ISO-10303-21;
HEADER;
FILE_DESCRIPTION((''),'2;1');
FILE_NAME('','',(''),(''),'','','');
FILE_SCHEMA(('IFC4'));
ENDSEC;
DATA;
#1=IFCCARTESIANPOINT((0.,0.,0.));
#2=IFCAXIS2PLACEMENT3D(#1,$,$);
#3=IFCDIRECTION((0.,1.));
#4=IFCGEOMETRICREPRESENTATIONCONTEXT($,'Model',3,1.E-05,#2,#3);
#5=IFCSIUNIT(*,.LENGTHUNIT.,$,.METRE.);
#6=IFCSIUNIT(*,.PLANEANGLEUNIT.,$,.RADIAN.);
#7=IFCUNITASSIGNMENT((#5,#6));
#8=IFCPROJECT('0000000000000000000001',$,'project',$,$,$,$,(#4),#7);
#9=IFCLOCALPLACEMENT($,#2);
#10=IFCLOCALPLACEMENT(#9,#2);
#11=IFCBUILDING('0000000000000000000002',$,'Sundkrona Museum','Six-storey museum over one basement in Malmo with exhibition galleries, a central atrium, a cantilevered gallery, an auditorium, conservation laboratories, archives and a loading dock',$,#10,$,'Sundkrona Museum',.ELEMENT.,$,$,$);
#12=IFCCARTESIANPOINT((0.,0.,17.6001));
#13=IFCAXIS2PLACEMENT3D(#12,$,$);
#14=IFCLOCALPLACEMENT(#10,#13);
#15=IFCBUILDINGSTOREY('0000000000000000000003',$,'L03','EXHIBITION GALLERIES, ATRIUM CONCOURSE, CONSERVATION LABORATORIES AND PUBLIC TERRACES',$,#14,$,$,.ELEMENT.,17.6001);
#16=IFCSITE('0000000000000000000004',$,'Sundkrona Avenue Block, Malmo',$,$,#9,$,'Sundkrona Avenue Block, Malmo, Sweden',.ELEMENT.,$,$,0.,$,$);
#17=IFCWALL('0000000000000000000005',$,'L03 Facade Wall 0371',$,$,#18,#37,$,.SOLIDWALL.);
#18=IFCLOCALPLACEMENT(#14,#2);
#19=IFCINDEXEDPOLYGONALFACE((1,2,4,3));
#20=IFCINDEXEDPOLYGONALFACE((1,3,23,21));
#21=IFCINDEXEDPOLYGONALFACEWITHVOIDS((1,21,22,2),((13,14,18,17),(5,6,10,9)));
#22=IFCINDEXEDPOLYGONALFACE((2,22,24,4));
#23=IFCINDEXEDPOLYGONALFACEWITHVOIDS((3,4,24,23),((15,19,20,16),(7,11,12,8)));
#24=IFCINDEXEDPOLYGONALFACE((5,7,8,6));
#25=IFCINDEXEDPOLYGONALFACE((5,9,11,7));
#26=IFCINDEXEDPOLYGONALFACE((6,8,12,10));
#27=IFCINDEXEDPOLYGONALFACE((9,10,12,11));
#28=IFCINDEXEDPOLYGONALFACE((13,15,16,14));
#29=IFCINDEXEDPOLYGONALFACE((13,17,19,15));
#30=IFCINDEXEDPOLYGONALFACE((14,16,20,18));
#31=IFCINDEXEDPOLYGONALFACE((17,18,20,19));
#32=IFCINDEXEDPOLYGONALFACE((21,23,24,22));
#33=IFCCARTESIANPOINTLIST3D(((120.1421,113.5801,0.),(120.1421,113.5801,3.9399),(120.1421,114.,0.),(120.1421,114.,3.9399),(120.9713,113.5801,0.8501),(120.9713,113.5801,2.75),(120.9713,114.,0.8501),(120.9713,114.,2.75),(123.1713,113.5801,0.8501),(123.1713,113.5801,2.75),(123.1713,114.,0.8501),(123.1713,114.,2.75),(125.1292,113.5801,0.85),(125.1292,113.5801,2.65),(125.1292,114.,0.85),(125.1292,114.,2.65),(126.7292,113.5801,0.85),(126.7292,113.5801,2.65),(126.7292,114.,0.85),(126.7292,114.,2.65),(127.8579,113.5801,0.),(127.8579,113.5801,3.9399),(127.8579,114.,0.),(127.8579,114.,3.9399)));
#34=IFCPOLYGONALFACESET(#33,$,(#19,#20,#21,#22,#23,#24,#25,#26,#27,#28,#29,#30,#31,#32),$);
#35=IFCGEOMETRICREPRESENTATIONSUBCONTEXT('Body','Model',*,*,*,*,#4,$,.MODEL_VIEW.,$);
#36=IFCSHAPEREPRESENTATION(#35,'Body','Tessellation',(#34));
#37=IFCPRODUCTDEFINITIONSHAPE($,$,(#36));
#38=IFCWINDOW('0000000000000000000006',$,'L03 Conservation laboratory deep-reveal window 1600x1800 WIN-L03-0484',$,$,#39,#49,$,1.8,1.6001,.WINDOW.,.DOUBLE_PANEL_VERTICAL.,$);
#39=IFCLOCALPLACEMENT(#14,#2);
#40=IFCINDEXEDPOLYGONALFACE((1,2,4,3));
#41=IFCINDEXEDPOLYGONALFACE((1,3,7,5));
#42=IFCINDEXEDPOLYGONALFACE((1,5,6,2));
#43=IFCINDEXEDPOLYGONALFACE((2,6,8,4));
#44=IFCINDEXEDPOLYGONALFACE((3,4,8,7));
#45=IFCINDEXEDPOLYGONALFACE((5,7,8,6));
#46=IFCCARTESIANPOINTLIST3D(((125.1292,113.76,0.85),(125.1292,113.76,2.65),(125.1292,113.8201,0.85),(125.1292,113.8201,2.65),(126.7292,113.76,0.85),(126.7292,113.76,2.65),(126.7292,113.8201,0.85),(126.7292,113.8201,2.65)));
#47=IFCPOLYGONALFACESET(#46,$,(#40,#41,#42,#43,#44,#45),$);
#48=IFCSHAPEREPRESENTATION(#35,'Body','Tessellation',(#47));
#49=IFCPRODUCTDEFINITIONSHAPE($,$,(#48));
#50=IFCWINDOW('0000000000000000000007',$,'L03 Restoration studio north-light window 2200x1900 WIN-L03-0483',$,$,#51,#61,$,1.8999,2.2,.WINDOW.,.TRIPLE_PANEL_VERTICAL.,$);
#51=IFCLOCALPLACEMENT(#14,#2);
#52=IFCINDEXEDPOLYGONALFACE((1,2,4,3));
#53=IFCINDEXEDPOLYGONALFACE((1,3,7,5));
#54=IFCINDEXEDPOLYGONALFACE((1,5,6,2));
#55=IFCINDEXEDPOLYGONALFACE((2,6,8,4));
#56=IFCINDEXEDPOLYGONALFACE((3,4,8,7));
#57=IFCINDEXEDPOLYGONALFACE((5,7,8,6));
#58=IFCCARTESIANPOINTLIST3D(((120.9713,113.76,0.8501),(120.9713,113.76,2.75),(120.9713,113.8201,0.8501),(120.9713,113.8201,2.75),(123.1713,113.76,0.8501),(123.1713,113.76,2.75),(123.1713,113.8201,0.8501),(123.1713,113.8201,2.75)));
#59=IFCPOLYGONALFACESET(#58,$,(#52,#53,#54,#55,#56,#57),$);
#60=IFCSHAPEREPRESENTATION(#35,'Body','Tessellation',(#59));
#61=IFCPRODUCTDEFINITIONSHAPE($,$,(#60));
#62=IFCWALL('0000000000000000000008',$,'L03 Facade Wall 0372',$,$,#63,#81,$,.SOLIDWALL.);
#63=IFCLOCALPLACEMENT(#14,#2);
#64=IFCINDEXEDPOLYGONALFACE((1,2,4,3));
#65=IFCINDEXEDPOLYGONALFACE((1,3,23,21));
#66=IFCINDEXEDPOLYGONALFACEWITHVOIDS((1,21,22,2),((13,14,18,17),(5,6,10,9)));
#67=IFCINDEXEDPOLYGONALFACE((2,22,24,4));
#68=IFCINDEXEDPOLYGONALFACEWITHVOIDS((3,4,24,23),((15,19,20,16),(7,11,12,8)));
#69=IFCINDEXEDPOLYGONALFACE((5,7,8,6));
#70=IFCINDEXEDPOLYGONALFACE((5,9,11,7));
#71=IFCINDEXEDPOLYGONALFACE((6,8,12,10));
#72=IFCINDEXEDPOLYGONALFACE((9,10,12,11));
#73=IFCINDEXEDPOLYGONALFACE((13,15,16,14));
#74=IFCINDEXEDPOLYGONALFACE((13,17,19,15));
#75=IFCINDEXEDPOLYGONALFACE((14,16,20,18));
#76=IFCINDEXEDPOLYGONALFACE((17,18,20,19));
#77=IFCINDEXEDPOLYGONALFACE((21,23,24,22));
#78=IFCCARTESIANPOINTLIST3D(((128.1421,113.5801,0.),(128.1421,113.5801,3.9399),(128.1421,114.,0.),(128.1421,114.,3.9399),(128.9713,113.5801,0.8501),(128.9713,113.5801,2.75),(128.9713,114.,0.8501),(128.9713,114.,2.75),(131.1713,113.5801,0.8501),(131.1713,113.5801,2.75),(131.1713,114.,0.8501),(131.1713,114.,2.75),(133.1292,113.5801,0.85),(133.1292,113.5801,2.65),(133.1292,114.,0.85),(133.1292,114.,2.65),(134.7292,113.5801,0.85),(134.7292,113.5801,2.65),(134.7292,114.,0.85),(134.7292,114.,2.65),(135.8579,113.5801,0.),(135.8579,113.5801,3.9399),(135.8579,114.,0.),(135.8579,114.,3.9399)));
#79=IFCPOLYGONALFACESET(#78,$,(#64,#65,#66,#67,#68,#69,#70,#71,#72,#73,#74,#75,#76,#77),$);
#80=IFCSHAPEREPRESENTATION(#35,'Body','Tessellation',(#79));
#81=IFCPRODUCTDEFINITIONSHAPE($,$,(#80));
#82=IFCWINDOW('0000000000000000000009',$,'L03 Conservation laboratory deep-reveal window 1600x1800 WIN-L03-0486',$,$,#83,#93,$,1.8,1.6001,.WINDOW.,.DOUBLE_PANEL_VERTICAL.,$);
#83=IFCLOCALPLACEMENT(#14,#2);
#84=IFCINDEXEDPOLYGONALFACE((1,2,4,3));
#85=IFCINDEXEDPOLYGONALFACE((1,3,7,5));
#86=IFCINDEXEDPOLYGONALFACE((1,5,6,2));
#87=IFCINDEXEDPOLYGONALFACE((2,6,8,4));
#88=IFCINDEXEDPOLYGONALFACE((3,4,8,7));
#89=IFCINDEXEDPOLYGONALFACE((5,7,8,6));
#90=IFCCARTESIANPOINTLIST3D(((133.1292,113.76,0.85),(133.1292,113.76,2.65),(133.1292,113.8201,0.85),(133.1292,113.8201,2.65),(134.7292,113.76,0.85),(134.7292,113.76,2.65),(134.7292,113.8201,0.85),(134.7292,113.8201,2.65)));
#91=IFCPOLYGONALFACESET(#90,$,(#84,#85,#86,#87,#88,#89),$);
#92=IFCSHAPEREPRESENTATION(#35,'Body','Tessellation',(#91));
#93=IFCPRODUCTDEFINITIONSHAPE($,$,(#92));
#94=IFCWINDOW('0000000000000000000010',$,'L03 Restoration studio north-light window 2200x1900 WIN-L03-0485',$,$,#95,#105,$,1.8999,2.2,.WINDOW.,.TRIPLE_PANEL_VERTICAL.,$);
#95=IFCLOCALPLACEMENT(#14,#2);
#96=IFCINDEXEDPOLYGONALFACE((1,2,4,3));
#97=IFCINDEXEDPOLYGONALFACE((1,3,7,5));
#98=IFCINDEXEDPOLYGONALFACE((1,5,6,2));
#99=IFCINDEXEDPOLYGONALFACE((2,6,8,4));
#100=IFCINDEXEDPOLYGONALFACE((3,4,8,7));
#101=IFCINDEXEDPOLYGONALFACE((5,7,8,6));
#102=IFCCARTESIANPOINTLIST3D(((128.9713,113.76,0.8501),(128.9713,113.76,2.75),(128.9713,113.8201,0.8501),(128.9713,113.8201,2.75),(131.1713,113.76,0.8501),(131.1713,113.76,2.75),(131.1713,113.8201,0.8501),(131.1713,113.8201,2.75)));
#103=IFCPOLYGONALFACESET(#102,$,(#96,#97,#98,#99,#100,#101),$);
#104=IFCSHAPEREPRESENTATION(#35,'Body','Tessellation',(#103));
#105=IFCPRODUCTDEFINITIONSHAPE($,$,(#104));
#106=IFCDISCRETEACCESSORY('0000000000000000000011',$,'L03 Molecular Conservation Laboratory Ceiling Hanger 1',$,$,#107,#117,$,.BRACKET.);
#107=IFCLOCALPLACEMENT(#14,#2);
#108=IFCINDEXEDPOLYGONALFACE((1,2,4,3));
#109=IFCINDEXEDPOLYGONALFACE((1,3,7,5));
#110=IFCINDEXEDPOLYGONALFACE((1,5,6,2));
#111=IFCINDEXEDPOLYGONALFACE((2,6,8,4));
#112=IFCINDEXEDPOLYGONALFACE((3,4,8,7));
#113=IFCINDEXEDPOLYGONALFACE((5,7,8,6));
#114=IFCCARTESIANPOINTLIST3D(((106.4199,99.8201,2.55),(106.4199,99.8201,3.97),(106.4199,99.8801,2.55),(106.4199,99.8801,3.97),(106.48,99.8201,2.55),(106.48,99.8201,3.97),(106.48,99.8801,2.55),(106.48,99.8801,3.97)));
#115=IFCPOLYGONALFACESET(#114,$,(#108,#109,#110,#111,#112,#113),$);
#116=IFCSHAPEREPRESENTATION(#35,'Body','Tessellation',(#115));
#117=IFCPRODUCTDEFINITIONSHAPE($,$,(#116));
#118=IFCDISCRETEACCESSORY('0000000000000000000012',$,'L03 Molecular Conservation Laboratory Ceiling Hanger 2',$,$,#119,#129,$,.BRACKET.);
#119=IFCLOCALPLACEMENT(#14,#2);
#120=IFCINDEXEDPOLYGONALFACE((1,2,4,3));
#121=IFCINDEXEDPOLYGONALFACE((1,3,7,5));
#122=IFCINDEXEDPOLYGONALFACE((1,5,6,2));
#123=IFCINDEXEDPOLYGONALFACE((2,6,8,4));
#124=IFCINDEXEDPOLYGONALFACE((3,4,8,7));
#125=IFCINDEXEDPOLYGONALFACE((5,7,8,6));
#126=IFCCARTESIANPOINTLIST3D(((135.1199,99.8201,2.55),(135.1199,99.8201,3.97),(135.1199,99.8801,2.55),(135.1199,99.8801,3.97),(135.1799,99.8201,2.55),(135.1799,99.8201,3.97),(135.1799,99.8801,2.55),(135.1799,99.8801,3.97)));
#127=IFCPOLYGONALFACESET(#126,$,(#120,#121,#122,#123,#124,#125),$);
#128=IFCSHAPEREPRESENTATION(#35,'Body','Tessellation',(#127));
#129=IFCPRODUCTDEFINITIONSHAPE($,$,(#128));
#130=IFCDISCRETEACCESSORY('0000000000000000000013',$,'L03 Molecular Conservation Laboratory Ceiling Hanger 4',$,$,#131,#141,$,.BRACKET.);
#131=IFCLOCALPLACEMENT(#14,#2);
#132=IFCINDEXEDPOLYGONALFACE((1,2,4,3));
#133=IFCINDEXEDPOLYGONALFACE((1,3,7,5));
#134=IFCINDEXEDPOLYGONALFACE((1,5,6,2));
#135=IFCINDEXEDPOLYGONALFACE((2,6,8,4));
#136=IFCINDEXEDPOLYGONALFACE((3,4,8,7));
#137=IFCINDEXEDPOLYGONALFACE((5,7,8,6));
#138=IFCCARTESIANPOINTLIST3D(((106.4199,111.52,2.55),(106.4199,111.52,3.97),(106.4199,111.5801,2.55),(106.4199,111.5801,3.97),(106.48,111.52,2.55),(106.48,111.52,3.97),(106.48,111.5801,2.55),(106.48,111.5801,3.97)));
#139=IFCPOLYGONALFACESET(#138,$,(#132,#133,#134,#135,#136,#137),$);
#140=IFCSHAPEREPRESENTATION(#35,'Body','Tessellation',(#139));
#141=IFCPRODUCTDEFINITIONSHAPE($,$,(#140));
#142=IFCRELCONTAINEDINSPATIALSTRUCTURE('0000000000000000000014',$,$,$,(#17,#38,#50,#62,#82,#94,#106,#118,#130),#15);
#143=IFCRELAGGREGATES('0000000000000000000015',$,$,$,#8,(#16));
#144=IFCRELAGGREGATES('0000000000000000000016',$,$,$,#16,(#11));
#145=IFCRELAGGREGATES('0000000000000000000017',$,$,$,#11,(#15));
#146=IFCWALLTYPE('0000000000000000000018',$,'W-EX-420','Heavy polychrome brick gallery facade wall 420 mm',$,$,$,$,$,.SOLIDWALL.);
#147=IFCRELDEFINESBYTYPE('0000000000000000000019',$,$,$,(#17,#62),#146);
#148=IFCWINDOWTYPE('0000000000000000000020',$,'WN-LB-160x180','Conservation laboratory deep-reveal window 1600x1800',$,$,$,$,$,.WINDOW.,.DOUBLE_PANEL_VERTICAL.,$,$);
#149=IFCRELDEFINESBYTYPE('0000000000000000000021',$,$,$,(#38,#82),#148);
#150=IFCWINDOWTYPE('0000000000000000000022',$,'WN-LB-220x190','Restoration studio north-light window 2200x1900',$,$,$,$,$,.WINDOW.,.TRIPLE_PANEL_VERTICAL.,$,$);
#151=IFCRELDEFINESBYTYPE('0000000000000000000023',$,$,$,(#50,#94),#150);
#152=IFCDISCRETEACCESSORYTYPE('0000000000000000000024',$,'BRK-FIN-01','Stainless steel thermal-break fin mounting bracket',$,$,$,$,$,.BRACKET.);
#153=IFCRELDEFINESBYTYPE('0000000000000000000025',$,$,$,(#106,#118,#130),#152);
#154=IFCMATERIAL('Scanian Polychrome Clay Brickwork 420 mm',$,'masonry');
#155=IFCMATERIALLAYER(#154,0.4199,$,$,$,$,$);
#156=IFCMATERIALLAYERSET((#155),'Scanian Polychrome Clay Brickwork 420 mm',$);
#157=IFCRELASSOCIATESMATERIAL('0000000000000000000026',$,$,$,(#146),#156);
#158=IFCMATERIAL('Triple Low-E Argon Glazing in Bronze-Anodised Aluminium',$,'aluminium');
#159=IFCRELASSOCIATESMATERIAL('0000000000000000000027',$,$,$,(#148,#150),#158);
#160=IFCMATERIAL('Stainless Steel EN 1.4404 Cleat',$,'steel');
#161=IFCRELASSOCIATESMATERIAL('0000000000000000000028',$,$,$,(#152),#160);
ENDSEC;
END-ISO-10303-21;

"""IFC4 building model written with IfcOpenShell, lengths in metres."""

from ifc_helpers import new_model, si_unit, direction, frame, frame_2d, origin, origin_2d, place, context, subcontext, project, spatial, rectangle, extrude, material, layer, layer_set, type_object, element, fill, save


model = new_model("IFC4")

# Units and contexts
model_context = context("Model", 3, precision=1e-05, world=origin(), true_north=direction((0.0, 1.0)))
body_context = subcontext(model_context, "Body", "Model", "MODEL_VIEW")
ifc_project = project(units=[si_unit("LENGTHUNIT", "METRE"), si_unit("PLANEANGLEUNIT", "RADIAN")], contexts=[model_context])

# Site, building, storey
site_placement = place(None, origin())
site = spatial("IfcSite", under=ifc_project, at=site_placement, Name="Sundkrona Avenue Block, Malmo", LongName="Sundkrona Avenue Block, Malmo, Sweden", CompositionType="ELEMENT", RefElevation=0.0)
building_placement = place(site_placement, origin())
building = spatial("IfcBuilding", under=site, at=building_placement, Name="Sundkrona Museum", Description="Six-storey museum over one basement in Malmo with exhibition galleries, a central atrium, a cantilevered gallery, an auditorium, conservation laboratories, archives and a loading dock", LongName="Sundkrona Museum", CompositionType="ELEMENT")
storey_placement = place(building_placement, frame((0.0, 0.0, 17.6001)))
storey = spatial("IfcBuildingStorey", under=building, at=storey_placement, Name="L03", Description="EXHIBITION GALLERIES, ATRIUM CONCOURSE, CONSERVATION LABORATORIES AND PUBLIC TERRACES", CompositionType="ELEMENT", Elevation=17.6001)

# Shared definitions
ifc_material_1 = material(Name="Scanian Polychrome Clay Brickwork 420 mm", Category="masonry")
ifc_layer = layer(ifc_material_1, 0.4199)
ifc_layer_set = layer_set([ifc_layer], Name="Scanian Polychrome Clay Brickwork 420 mm")
wall_type = type_object("IfcWallType", Name="W-EX-420", Description="Heavy polychrome brick gallery facade wall 420 mm", PredefinedType="SOLIDWALL", material=ifc_layer_set)
ifc_material_2 = material(Name="Triple Low-E Argon Glazing in Bronze-Anodised Aluminium", Category="aluminium")
window_type_1 = type_object("IfcWindowType", Name="WN-LB-160x180", Description="Conservation laboratory deep-reveal window 1600x1800", PartitioningType="DOUBLE_PANEL_VERTICAL", PredefinedType="WINDOW", material=ifc_material_2)

# Walls, openings, windows
window_type_2 = type_object("IfcWindowType", Name="WN-LB-220x190", Description="Restoration studio north-light window 2200x1900", PartitioningType="TRIPLE_PANEL_VERTICAL", PredefinedType="WINDOW", material=ifc_material_2)
wall_1_placement = place(storey_placement, frame((120.1421, 113.79, 0.0), z_axis=(0.0, 0.0, 1.0), x_axis=(1.0, 0.0, 0.0)))
wall_1 = element("IfcWall", 1, at=wall_1_placement, inside=storey, type_object=wall_type, Name="L03 Facade Wall 0371", PredefinedType="SOLIDWALL", context=body_context, shape_type="SweptSolid", body=[
    extrude(rectangle(XDim=7.7158, YDim=0.4199, at=frame_2d((3.8579, 0.0))), origin(), (0.0, 0.0, 1.0), 3.9399),
])
opening_1_placement = place(wall_1_placement, frame((0.8291, 0.0, 0.8501)))
opening_1 = element("IfcOpeningElement", 2, at=opening_1_placement, cuts=wall_1, PredefinedType="OPENING", context=body_context, shape_type="SweptSolid", body=[
    extrude(rectangle(XDim=2.2, YDim=1.8999, at=frame_2d((1.1001, 0.95))), frame((0.0, 0.22, 0.0), z_axis=(0.0, -1.0, 0.0), x_axis=(1.0, 0.0, 0.0)), (0.0, 0.0, 1.0), 0.4399),
])
opening_2_placement = place(wall_1_placement, frame((4.9871, 0.0, 0.8501)))
opening_2 = element("IfcOpeningElement", 3, at=opening_2_placement, cuts=wall_1, PredefinedType="OPENING", context=body_context, shape_type="SweptSolid", body=[
    extrude(rectangle(XDim=1.6001, YDim=1.8, at=frame_2d((0.8, 0.8999))), frame((0.0, 0.22, 0.0), z_axis=(0.0, -1.0, 0.0), x_axis=(1.0, 0.0, 0.0)), (0.0, 0.0, 1.0), 0.4399),
])
window_1_placement = place(opening_2_placement, origin())
window_1 = element("IfcWindow", 4, at=window_1_placement, inside=storey, type_object=window_type_1, Name="L03 Conservation laboratory deep-reveal window 1600x1800 WIN-L03-0484", OverallHeight=1.8, OverallWidth=1.6001, PartitioningType="DOUBLE_PANEL_VERTICAL", PredefinedType="WINDOW", context=body_context, shape_type="SweptSolid", body=[
    extrude(rectangle(XDim=1.6001, YDim=1.8, at=frame_2d((0.8, 0.8999))), frame((0.0, 0.03, 0.0), z_axis=(0.0, -1.0, 0.0), x_axis=(1.0, 0.0, 0.0)), (0.0, 0.0, 1.0), 0.0601),
])
fill(opening_2, window_1)
window_2_placement = place(opening_1_placement, origin())
window_2 = element("IfcWindow", 5, at=window_2_placement, inside=storey, type_object=window_type_2, Name="L03 Restoration studio north-light window 2200x1900 WIN-L03-0483", OverallHeight=1.8999, OverallWidth=2.2, PartitioningType="TRIPLE_PANEL_VERTICAL", PredefinedType="WINDOW", context=body_context, shape_type="SweptSolid", body=[
    extrude(rectangle(XDim=2.2, YDim=1.8999, at=frame_2d((1.1001, 0.95))), frame((0.0, 0.03, 0.0), z_axis=(0.0, -1.0, 0.0), x_axis=(1.0, 0.0, 0.0)), (0.0, 0.0, 1.0), 0.0601),
])
fill(opening_1, window_2)
wall_2_placement = place(storey_placement, frame((128.1421, 113.79, 0.0), z_axis=(0.0, 0.0, 1.0), x_axis=(1.0, 0.0, 0.0)))
wall_2 = element("IfcWall", 6, at=wall_2_placement, inside=storey, type_object=wall_type, Name="L03 Facade Wall 0372", PredefinedType="SOLIDWALL", context=body_context, shape_type="SweptSolid", body=[
    extrude(rectangle(XDim=7.7158, YDim=0.4199, at=frame_2d((3.8579, 0.0))), origin(), (0.0, 0.0, 1.0), 3.9399),
])
opening_3_placement = place(wall_2_placement, frame((0.8291, 0.0, 0.8501)))
opening_3 = element("IfcOpeningElement", 7, at=opening_3_placement, cuts=wall_2, PredefinedType="OPENING", context=body_context, shape_type="SweptSolid", body=[
    extrude(rectangle(XDim=2.2, YDim=1.8999, at=frame_2d((1.1001, 0.95))), frame((0.0, 0.22, 0.0), z_axis=(0.0, -1.0, 0.0), x_axis=(1.0, 0.0, 0.0)), (0.0, 0.0, 1.0), 0.4399),
])
opening_4_placement = place(wall_2_placement, frame((4.9871, 0.0, 0.8501)))
opening_4 = element("IfcOpeningElement", 8, at=opening_4_placement, cuts=wall_2, PredefinedType="OPENING", context=body_context, shape_type="SweptSolid", body=[
    extrude(rectangle(XDim=1.6001, YDim=1.8, at=frame_2d((0.8, 0.8999))), frame((0.0, 0.22, 0.0), z_axis=(0.0, -1.0, 0.0), x_axis=(1.0, 0.0, 0.0)), (0.0, 0.0, 1.0), 0.4399),
])
window_3_placement = place(opening_4_placement, origin())
window_3 = element("IfcWindow", 9, at=window_3_placement, inside=storey, type_object=window_type_1, Name="L03 Conservation laboratory deep-reveal window 1600x1800 WIN-L03-0486", OverallHeight=1.8, OverallWidth=1.6001, PartitioningType="DOUBLE_PANEL_VERTICAL", PredefinedType="WINDOW", context=body_context, shape_type="SweptSolid", body=[
    extrude(rectangle(XDim=1.6001, YDim=1.8, at=frame_2d((0.8, 0.8999))), frame((0.0, 0.03, 0.0), z_axis=(0.0, -1.0, 0.0), x_axis=(1.0, 0.0, 0.0)), (0.0, 0.0, 1.0), 0.0601),
])
fill(opening_4, window_3)
window_4_placement = place(opening_3_placement, origin())
window_4 = element("IfcWindow", 10, at=window_4_placement, inside=storey, type_object=window_type_2, Name="L03 Restoration studio north-light window 2200x1900 WIN-L03-0485", OverallHeight=1.8999, OverallWidth=2.2, PartitioningType="TRIPLE_PANEL_VERTICAL", PredefinedType="WINDOW", context=body_context, shape_type="SweptSolid", body=[
    extrude(rectangle(XDim=2.2, YDim=1.8999, at=frame_2d((1.1001, 0.95))), frame((0.0, 0.03, 0.0), z_axis=(0.0, -1.0, 0.0), x_axis=(1.0, 0.0, 0.0)), (0.0, 0.0, 1.0), 0.0601),
])
fill(opening_3, window_4)

# Discrete accessories
ifc_material_3 = material(Name="Stainless Steel EN 1.4404 Cleat", Category="steel")
discrete_accessory_type = type_object("IfcDiscreteAccessoryType", Name="BRK-FIN-01", Description="Stainless steel thermal-break fin mounting bracket", PredefinedType="BRACKET", material=ifc_material_3)
for number, where, z_axis, x_axis, name in (
    (11, (106.45, 99.8501, 2.55), (0.0, 0.0, 1.0), (1.0, 0.0, 0.0), "L03 Molecular Conservation Laboratory Ceiling Hanger 1"),
    (12, (135.1499, 99.8501, 2.55), (0.0, 0.0, 1.0), (1.0, 0.0, 0.0), "L03 Molecular Conservation Laboratory Ceiling Hanger 2"),
    (13, (106.45, 111.55, 2.55), (0.0, 0.0, 1.0), (1.0, 0.0, 0.0), "L03 Molecular Conservation Laboratory Ceiling Hanger 4"),
):
    element("IfcDiscreteAccessory", number, at=place(storey_placement, frame(where, z_axis=z_axis, x_axis=x_axis)), inside=storey, type_object=discrete_accessory_type, Name=name, PredefinedType="BRACKET", context=body_context, shape_type="SweptSolid", body=[
        extrude(rectangle(XDim=0.0601, YDim=0.0601, at=origin_2d()), origin(), (0.0, 0.0, 1.0), 1.4199),
    ])

save(model, "model.ifc")
